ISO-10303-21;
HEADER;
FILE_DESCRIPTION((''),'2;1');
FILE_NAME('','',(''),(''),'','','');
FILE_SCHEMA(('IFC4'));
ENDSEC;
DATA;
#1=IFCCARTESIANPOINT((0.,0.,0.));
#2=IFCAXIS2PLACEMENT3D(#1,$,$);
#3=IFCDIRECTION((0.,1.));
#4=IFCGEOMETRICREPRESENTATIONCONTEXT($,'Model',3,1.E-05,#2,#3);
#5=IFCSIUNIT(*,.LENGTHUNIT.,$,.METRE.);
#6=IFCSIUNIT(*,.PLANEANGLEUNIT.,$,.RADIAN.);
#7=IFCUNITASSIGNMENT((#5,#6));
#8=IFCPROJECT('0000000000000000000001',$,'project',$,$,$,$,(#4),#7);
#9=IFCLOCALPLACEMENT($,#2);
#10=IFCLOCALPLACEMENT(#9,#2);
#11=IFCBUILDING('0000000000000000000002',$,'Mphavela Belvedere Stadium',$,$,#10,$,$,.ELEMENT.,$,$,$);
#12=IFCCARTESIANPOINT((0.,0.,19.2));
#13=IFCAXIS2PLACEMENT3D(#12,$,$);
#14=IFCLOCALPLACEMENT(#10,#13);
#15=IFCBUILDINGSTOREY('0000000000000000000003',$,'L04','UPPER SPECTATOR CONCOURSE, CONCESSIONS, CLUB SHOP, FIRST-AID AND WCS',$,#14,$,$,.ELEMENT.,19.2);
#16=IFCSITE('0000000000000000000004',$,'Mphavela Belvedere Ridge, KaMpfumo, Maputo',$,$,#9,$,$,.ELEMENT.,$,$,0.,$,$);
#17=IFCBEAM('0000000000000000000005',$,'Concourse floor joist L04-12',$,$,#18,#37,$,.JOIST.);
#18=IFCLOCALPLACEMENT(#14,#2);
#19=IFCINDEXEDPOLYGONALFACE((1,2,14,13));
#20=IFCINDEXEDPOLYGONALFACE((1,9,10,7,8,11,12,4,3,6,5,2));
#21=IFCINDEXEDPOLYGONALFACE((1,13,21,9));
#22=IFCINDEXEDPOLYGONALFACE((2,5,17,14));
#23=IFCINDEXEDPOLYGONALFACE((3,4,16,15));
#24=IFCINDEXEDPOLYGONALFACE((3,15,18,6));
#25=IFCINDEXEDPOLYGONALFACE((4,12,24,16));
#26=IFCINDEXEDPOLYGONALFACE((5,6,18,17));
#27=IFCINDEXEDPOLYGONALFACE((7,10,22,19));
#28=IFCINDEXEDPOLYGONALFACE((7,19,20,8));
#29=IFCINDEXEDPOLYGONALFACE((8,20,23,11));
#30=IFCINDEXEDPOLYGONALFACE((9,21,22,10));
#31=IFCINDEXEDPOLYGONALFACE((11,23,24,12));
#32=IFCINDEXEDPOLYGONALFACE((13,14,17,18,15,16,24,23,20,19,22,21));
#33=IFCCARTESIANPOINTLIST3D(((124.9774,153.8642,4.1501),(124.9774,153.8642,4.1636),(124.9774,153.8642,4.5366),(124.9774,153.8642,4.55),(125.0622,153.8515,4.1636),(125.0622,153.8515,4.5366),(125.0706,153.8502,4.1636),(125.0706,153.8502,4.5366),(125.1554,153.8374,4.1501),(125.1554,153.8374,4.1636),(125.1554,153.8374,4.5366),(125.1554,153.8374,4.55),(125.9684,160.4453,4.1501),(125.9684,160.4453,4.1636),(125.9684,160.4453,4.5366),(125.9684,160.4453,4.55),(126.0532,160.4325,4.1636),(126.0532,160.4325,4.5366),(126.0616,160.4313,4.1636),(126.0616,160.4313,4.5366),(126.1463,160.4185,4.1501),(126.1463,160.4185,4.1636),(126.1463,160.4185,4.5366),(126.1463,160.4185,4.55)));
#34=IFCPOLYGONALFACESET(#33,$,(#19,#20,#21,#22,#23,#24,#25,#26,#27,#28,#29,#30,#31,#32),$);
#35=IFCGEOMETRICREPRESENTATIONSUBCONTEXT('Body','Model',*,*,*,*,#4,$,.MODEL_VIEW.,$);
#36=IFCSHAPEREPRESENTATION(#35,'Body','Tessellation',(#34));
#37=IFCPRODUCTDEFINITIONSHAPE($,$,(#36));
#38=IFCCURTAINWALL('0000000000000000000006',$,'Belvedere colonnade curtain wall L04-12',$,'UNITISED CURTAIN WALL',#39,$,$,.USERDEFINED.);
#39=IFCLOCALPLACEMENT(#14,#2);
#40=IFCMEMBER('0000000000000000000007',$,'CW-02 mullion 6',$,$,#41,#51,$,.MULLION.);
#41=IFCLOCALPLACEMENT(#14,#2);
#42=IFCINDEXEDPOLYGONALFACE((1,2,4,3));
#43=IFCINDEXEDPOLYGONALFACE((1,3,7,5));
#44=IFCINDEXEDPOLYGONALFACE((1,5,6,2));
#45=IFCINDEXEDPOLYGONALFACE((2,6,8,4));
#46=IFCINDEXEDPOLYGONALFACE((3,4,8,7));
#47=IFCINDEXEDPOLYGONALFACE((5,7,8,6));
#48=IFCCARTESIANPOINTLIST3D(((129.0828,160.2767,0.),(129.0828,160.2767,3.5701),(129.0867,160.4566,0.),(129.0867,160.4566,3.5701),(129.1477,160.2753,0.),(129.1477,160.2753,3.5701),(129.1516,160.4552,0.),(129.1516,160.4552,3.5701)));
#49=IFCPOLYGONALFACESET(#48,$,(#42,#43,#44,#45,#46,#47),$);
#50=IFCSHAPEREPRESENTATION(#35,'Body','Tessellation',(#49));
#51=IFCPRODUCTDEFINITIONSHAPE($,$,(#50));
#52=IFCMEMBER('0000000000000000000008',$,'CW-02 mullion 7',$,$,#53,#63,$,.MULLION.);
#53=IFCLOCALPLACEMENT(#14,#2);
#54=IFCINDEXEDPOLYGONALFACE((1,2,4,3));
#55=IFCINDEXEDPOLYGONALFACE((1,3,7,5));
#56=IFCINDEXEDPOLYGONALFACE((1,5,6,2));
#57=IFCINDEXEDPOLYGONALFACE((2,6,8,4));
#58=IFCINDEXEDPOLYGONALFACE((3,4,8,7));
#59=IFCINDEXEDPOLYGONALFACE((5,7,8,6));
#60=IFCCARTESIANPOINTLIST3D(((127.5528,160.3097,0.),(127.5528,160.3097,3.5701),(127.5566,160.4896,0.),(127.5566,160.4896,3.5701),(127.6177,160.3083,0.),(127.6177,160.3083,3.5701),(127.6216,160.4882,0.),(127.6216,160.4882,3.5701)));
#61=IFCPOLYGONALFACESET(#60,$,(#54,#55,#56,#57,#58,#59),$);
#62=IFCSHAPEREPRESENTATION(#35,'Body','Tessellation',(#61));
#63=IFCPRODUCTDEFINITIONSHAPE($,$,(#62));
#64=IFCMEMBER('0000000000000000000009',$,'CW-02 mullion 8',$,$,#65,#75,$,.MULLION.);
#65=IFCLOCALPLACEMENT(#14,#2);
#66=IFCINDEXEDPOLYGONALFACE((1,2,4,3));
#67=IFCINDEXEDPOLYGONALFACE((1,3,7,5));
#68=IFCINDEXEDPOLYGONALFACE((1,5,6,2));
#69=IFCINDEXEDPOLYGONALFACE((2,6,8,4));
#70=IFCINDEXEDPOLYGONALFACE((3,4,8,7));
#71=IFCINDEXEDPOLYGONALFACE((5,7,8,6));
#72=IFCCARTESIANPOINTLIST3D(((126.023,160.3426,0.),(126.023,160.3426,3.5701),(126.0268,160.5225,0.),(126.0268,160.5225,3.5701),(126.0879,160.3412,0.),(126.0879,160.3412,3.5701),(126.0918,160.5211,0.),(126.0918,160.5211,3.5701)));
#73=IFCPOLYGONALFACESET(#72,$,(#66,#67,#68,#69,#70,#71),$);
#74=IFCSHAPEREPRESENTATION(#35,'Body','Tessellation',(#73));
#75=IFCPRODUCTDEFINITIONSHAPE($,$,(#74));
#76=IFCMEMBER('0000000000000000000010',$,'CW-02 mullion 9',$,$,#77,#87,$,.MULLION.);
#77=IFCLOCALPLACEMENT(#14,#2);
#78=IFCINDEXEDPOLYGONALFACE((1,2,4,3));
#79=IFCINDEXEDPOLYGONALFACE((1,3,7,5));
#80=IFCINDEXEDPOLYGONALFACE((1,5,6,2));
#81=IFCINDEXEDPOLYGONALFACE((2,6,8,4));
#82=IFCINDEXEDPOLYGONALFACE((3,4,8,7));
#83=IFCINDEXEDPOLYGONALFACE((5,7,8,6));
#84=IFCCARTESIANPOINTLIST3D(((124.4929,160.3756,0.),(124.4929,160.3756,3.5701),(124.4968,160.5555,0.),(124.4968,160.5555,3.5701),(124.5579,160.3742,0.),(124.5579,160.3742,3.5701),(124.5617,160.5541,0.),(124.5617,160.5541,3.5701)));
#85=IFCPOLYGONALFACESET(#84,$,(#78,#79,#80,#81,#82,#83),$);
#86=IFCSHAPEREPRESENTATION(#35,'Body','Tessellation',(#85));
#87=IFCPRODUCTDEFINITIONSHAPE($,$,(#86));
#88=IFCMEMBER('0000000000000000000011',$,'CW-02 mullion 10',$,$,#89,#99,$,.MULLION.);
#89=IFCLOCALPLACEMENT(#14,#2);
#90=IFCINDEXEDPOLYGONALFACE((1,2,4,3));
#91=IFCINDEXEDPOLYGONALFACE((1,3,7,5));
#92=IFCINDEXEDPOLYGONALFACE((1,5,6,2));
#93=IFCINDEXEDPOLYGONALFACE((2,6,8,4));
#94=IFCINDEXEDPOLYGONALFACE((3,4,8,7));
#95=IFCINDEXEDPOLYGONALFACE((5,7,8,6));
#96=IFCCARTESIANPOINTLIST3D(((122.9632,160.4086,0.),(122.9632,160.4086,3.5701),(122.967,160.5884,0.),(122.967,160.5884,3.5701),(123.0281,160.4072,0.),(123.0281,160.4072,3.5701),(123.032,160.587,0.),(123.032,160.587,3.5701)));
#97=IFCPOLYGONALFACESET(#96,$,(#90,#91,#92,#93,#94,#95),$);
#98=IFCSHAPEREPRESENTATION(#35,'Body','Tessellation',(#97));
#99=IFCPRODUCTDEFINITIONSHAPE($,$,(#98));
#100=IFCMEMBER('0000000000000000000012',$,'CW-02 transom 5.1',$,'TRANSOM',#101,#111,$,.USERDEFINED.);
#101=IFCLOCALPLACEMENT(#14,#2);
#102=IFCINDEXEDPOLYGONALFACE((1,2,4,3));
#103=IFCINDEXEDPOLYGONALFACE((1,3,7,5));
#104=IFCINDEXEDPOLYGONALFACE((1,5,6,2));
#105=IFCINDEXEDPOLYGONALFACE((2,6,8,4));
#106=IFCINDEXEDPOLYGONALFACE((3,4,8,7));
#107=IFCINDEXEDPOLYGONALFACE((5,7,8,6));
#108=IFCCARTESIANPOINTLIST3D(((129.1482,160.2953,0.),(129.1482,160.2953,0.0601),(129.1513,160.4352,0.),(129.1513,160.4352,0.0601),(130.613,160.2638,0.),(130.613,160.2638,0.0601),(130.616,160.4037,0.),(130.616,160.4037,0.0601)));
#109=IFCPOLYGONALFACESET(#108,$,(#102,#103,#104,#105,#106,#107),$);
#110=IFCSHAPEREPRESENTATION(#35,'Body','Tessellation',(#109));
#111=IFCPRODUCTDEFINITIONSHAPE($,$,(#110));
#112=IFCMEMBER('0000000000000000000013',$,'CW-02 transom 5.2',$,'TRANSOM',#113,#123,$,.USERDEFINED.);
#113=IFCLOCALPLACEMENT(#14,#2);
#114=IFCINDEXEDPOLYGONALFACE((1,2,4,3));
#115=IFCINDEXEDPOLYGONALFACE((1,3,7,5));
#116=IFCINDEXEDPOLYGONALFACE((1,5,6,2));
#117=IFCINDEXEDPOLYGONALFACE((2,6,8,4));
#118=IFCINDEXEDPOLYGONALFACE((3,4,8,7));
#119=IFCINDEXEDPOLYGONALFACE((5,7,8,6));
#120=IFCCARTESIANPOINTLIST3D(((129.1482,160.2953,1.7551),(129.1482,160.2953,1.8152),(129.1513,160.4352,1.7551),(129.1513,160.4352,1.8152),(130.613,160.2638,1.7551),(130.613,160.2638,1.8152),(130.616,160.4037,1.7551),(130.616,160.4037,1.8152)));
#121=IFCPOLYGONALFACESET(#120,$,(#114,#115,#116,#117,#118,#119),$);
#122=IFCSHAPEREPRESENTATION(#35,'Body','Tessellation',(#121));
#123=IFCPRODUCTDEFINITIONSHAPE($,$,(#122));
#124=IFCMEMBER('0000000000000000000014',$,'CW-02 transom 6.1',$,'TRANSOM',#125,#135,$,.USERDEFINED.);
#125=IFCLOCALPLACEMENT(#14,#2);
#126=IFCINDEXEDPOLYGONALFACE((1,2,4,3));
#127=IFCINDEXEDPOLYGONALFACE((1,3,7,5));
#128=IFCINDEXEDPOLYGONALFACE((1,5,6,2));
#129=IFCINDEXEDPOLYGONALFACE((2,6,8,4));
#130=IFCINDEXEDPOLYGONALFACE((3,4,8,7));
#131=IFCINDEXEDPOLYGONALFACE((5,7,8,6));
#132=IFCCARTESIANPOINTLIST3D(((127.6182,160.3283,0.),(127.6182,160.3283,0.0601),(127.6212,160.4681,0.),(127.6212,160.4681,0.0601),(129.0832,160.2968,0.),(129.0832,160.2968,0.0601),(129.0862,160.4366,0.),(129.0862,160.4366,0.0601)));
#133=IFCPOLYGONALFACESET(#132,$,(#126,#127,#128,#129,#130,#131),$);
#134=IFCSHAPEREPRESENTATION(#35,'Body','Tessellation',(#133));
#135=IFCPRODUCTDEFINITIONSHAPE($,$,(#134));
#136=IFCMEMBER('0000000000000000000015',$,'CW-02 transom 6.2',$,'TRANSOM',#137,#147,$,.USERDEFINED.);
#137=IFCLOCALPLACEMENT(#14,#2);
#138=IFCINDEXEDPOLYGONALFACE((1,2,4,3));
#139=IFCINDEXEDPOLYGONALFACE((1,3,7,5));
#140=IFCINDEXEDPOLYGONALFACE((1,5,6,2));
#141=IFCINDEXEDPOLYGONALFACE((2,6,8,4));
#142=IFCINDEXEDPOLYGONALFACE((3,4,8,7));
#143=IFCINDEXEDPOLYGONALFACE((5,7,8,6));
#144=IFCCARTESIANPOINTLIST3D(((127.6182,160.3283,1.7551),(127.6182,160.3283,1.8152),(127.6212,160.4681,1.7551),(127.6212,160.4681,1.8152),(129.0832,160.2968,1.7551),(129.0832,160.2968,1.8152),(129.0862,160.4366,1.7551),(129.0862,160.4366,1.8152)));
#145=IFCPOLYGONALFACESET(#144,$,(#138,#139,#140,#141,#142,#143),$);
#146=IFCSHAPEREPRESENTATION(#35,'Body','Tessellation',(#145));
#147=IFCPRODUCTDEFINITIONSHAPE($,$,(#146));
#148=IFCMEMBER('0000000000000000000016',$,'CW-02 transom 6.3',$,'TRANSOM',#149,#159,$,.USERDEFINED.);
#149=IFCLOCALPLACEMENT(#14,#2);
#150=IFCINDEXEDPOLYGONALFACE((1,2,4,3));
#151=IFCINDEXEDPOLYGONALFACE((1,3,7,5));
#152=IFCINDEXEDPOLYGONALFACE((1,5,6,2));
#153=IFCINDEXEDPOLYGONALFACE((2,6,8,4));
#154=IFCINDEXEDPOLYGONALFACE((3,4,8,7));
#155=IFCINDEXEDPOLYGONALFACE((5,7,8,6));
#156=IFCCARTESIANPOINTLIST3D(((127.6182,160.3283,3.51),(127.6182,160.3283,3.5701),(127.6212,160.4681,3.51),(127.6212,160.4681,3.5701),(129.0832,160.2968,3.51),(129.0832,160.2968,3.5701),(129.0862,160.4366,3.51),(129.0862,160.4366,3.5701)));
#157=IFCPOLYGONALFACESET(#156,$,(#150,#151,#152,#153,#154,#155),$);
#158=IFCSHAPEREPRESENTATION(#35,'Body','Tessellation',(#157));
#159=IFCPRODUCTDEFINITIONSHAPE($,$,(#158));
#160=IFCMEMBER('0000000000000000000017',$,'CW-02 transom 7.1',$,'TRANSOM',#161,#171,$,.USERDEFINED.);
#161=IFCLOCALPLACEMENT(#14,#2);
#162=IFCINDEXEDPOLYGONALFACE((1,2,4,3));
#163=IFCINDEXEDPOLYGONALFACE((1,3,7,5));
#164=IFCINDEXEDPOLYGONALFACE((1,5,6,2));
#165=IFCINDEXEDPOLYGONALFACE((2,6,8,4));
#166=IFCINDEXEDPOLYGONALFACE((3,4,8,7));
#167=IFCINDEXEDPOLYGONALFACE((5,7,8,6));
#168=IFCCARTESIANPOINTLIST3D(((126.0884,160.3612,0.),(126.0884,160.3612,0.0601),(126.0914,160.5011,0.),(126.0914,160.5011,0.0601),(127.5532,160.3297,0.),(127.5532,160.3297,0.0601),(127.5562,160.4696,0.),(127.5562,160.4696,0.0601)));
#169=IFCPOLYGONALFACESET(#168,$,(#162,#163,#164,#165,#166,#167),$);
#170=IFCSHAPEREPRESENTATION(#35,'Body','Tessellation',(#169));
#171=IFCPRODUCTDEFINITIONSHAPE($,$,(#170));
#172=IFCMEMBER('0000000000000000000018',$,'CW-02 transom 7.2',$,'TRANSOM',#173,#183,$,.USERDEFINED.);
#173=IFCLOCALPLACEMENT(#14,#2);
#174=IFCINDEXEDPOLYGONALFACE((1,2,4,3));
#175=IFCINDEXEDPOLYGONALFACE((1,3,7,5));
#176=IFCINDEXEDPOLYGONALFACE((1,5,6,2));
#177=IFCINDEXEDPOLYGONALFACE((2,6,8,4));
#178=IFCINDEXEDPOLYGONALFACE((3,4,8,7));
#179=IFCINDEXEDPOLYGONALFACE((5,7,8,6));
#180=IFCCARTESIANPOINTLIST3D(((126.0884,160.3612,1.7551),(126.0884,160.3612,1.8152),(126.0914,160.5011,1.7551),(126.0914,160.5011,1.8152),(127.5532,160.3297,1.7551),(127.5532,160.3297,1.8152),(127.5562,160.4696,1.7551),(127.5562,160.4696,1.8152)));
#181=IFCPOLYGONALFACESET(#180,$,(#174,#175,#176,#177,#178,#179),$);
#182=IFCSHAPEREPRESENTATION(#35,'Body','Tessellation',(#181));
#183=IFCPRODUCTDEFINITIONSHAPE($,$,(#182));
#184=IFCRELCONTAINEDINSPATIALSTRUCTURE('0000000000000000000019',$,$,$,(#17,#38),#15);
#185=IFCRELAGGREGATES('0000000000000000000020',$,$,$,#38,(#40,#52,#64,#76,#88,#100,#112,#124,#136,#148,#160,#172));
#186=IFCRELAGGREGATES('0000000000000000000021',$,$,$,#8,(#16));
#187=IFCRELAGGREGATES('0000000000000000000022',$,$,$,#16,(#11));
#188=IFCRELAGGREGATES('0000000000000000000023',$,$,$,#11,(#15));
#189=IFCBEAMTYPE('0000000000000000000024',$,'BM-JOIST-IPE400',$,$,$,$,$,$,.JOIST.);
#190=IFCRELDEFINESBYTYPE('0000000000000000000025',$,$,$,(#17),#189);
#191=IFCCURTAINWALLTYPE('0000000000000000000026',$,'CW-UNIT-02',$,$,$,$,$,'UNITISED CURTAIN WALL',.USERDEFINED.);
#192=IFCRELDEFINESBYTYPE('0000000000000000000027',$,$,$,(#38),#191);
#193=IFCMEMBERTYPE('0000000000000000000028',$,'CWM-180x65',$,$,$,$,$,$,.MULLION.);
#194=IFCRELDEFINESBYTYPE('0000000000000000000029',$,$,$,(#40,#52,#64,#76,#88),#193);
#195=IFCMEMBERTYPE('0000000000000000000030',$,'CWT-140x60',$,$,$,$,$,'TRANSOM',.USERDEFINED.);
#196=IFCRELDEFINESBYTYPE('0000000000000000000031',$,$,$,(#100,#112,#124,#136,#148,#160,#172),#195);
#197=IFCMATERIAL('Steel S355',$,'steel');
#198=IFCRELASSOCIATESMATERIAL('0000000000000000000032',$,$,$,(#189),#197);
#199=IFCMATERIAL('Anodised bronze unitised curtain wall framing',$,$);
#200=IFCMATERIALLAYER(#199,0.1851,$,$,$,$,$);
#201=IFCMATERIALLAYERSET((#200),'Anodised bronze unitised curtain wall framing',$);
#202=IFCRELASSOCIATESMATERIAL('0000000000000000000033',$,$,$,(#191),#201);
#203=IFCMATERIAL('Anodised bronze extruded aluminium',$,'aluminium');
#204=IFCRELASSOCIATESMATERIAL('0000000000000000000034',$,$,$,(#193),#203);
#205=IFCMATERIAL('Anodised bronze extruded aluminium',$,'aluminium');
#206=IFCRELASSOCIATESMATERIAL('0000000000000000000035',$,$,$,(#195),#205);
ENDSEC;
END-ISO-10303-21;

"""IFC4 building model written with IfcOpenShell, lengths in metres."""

from ifc_helpers import new_model, si_unit, direction, frame, origin, origin_2d, place, context, subcontext, project, spatial, rectangle, i_section, extrude, material, layer, layer_set, material_profile, profile_set, type_object, element, aggregate, save


model = new_model("IFC4")

# Units and contexts
model_context = context("Model", 3, precision=1e-05, world=origin(), true_north=direction((0.0, 1.0)))
body_context = subcontext(model_context, "Body", "Model", "MODEL_VIEW")
ifc_project = project(units=[si_unit("LENGTHUNIT", "METRE"), si_unit("PLANEANGLEUNIT", "RADIAN")], contexts=[model_context])

# Site, building, storey
site_placement = place(None, origin())
site = spatial("IfcSite", under=ifc_project, at=site_placement, Name="Mphavela Belvedere Ridge, KaMpfumo, Maputo", CompositionType="ELEMENT", RefElevation=0.0)
building_placement = place(site_placement, origin())
building = spatial("IfcBuilding", under=site, at=building_placement, Name="Mphavela Belvedere Stadium", CompositionType="ELEMENT")
storey_placement = place(building_placement, frame((0.0, 0.0, 19.2)))
storey = spatial("IfcBuildingStorey", under=building, at=storey_placement, Name="L04", Description="UPPER SPECTATOR CONCOURSE, CONCESSIONS, CLUB SHOP, FIRST-AID AND WCS", CompositionType="ELEMENT", Elevation=19.2)

# Beam
ifc_material_1 = material(Name="Steel S355", Category="steel")
ifc_material_profile_1 = material_profile(ifc_material_1, i_section(OverallWidth=0.1799, OverallDepth=0.3999, WebThickness=0.0085, FlangeThickness=0.0134, at=origin_2d()), Name="IPE 400")
ifc_profile_set_1 = profile_set([ifc_material_profile_1], Name="Steel S355")
beam_type = type_object("IfcBeamType", Name="BM-JOIST-IPE400", PredefinedType="JOIST", material=ifc_profile_set_1)
beam_placement = place(storey_placement, frame((125.0664, 153.8508, 4.3501), z_axis=(0.1489, 0.988852, 0.0), x_axis=(-0.988852, 0.1489, 0.0)))
element("IfcBeam", 1, at=beam_placement, inside=storey, type_object=beam_type, Name="Concourse floor joist L04-12", PredefinedType="JOIST", context=body_context, shape_type="SweptSolid", body=[
    extrude(i_section(OverallWidth=0.1799, OverallDepth=0.3999, WebThickness=0.0085, FlangeThickness=0.0134, at=origin_2d()), origin(), (0.0, 0.0, 1.0), 6.6553),
])

# Curtain wall, members
ifc_material_2 = material(Name="Anodised bronze unitised curtain wall framing")
ifc_layer_1 = layer(ifc_material_2, 0.1851)
ifc_layer_set_1 = layer_set([ifc_layer_1], Name="Anodised bronze unitised curtain wall framing")
curtain_wall_type = type_object("IfcCurtainWallType", Name="CW-UNIT-02", ElementType="UNITISED CURTAIN WALL", PredefinedType="USERDEFINED", material=ifc_layer_set_1)
curtain_wall_placement = place(storey_placement, origin())
curtain_wall = element("IfcCurtainWall", 2, at=curtain_wall_placement, inside=storey, type_object=curtain_wall_type, Name="Belvedere colonnade curtain wall L04-12", ObjectType="UNITISED CURTAIN WALL", PredefinedType="USERDEFINED")
ifc_material_3 = material(Name="Anodised bronze extruded aluminium", Category="aluminium")
ifc_material_profile_2 = material_profile(ifc_material_3, rectangle(XDim=0.1799, YDim=0.0649, at=origin_2d()), Name="CW-MUL 180x65")
ifc_profile_set_2 = profile_set([ifc_material_profile_2], Name="Anodised bronze extruded aluminium")
member_type_1 = type_object("IfcMemberType", Name="CWM-180x65", PredefinedType="MULLION", material=ifc_profile_set_2)
member_1_placement = place(storey_placement, frame((129.1172, 160.366, 0.0), z_axis=(0.0, 0.0, 1.0), x_axis=(-0.021527, -0.999768, 0.0)))
member_1 = element("IfcMember", 3, at=member_1_placement, type_object=member_type_1, Name="CW-02 mullion 6", PredefinedType="MULLION", context=body_context, shape_type="SweptSolid", body=[
    extrude(rectangle(XDim=0.1799, YDim=0.0649, at=origin_2d()), origin(), (0.0, 0.0, 1.0), 3.5701),
])
member_2_placement = place(storey_placement, frame((127.5872, 160.3989, 0.0), z_axis=(0.0, 0.0, 1.0), x_axis=(-0.021527, -0.999768, 0.0)))
member_2 = element("IfcMember", 4, at=member_2_placement, type_object=member_type_1, Name="CW-02 mullion 7", PredefinedType="MULLION", context=body_context, shape_type="SweptSolid", body=[
    extrude(rectangle(XDim=0.1799, YDim=0.0649, at=origin_2d()), origin(), (0.0, 0.0, 1.0), 3.5701),
])
member_3_placement = place(storey_placement, frame((126.0574, 160.4319, 0.0), z_axis=(0.0, 0.0, 1.0), x_axis=(-0.021527, -0.999768, 0.0)))
member_3 = element("IfcMember", 5, at=member_3_placement, type_object=member_type_1, Name="CW-02 mullion 8", PredefinedType="MULLION", context=body_context, shape_type="SweptSolid", body=[
    extrude(rectangle(XDim=0.1799, YDim=0.0649, at=origin_2d()), origin(), (0.0, 0.0, 1.0), 3.5701),
])
member_4_placement = place(storey_placement, frame((124.5273, 160.4648, 0.0), z_axis=(0.0, 0.0, 1.0), x_axis=(-0.021527, -0.999768, 0.0)))
member_4 = element("IfcMember", 6, at=member_4_placement, type_object=member_type_1, Name="CW-02 mullion 9", PredefinedType="MULLION", context=body_context, shape_type="SweptSolid", body=[
    extrude(rectangle(XDim=0.1799, YDim=0.0649, at=origin_2d()), origin(), (0.0, 0.0, 1.0), 3.5701),
])
member_5_placement = place(storey_placement, frame((122.9976, 160.4978, 0.0), z_axis=(0.0, 0.0, 1.0), x_axis=(-0.021527, -0.999768, 0.0)))
member_5 = element("IfcMember", 7, at=member_5_placement, type_object=member_type_1, Name="CW-02 mullion 10", PredefinedType="MULLION", context=body_context, shape_type="SweptSolid", body=[
    extrude(rectangle(XDim=0.1799, YDim=0.0649, at=origin_2d()), origin(), (0.0, 0.0, 1.0), 3.5701),
])
ifc_material_4 = material(Name="Anodised bronze extruded aluminium", Category="aluminium")
ifc_material_profile_3 = material_profile(ifc_material_4, rectangle(XDim=0.1399, YDim=0.0601, at=origin_2d()), Name="CW-TRN 140x60")
ifc_profile_set_3 = profile_set([ifc_material_profile_3], Name="Anodised bronze extruded aluminium")
member_type_2 = type_object("IfcMemberType", Name="CWT-140x60", ElementType="TRANSOM", PredefinedType="USERDEFINED", material=ifc_profile_set_3)
member_6_placement = place(storey_placement, frame((130.6145, 160.3337, 0.03), z_axis=(-0.999769, 0.021495, 0.0), x_axis=(-0.021495, -0.999769, 0.0)))
member_6 = element("IfcMember", 8, at=member_6_placement, type_object=member_type_2, Name="CW-02 transom 5.1", ObjectType="TRANSOM", PredefinedType="USERDEFINED", context=body_context, shape_type="SweptSolid", body=[
    extrude(rectangle(XDim=0.1399, YDim=0.0601, at=origin_2d()), origin(), (0.0, 0.0, 1.0), 1.4651),
])
member_7_placement = place(storey_placement, frame((130.6145, 160.3337, 1.7852), z_axis=(-0.999769, 0.021495, 0.0), x_axis=(-0.021495, -0.999769, 0.0)))
member_7 = element("IfcMember", 9, at=member_7_placement, type_object=member_type_2, Name="CW-02 transom 5.2", ObjectType="TRANSOM", PredefinedType="USERDEFINED", context=body_context, shape_type="SweptSolid", body=[
    extrude(rectangle(XDim=0.1399, YDim=0.0601, at=origin_2d()), origin(), (0.0, 0.0, 1.0), 1.4651),
])
member_8_placement = place(storey_placement, frame((129.0847, 160.3667, 0.03), z_axis=(-0.999769, 0.021491, 0.0), x_axis=(-0.021491, -0.999769, 0.0)))
member_8 = element("IfcMember", 10, at=member_8_placement, type_object=member_type_2, Name="CW-02 transom 6.1", ObjectType="TRANSOM", PredefinedType="USERDEFINED", context=body_context, shape_type="SweptSolid", body=[
    extrude(rectangle(XDim=0.1399, YDim=0.0601, at=origin_2d()), origin(), (0.0, 0.0, 1.0), 1.4653),
])
member_9_placement = place(storey_placement, frame((129.0847, 160.3667, 1.7852), z_axis=(-0.999769, 0.021491, 0.0), x_axis=(-0.021491, -0.999769, 0.0)))
member_9 = element("IfcMember", 11, at=member_9_placement, type_object=member_type_2, Name="CW-02 transom 6.2", ObjectType="TRANSOM", PredefinedType="USERDEFINED", context=body_context, shape_type="SweptSolid", body=[
    extrude(rectangle(XDim=0.1399, YDim=0.0601, at=origin_2d()), origin(), (0.0, 0.0, 1.0), 1.4653),
])
member_10_placement = place(storey_placement, frame((129.0847, 160.3667, 3.54), z_axis=(-0.999769, 0.021491, 0.0), x_axis=(-0.021491, -0.999769, 0.0)))
member_10 = element("IfcMember", 12, at=member_10_placement, type_object=member_type_2, Name="CW-02 transom 6.3", ObjectType="TRANSOM", PredefinedType="USERDEFINED", context=body_context, shape_type="SweptSolid", body=[
    extrude(rectangle(XDim=0.1399, YDim=0.0601, at=origin_2d()), origin(), (0.0, 0.0, 1.0), 1.4653),
])
member_11_placement = place(storey_placement, frame((127.5547, 160.3997, 0.03), z_axis=(-0.999769, 0.021495, 0.0), x_axis=(-0.021495, -0.999769, 0.0)))
member_11 = element("IfcMember", 13, at=member_11_placement, type_object=member_type_2, Name="CW-02 transom 7.1", ObjectType="TRANSOM", PredefinedType="USERDEFINED", context=body_context, shape_type="SweptSolid", body=[
    extrude(rectangle(XDim=0.1399, YDim=0.0601, at=origin_2d()), origin(), (0.0, 0.0, 1.0), 1.4651),
])
member_12_placement = place(storey_placement, frame((127.5547, 160.3997, 1.7852), z_axis=(-0.999769, 0.021495, 0.0), x_axis=(-0.021495, -0.999769, 0.0)))
member_12 = element("IfcMember", 14, at=member_12_placement, type_object=member_type_2, Name="CW-02 transom 7.2", ObjectType="TRANSOM", PredefinedType="USERDEFINED", context=body_context, shape_type="SweptSolid", body=[
    extrude(rectangle(XDim=0.1399, YDim=0.0601, at=origin_2d()), origin(), (0.0, 0.0, 1.0), 1.4651),
])
aggregate(curtain_wall, [member_1, member_2, member_3, member_4, member_5, member_6, member_7, member_8, member_9, member_10, member_11, member_12])

save(model, "model.ifc")
